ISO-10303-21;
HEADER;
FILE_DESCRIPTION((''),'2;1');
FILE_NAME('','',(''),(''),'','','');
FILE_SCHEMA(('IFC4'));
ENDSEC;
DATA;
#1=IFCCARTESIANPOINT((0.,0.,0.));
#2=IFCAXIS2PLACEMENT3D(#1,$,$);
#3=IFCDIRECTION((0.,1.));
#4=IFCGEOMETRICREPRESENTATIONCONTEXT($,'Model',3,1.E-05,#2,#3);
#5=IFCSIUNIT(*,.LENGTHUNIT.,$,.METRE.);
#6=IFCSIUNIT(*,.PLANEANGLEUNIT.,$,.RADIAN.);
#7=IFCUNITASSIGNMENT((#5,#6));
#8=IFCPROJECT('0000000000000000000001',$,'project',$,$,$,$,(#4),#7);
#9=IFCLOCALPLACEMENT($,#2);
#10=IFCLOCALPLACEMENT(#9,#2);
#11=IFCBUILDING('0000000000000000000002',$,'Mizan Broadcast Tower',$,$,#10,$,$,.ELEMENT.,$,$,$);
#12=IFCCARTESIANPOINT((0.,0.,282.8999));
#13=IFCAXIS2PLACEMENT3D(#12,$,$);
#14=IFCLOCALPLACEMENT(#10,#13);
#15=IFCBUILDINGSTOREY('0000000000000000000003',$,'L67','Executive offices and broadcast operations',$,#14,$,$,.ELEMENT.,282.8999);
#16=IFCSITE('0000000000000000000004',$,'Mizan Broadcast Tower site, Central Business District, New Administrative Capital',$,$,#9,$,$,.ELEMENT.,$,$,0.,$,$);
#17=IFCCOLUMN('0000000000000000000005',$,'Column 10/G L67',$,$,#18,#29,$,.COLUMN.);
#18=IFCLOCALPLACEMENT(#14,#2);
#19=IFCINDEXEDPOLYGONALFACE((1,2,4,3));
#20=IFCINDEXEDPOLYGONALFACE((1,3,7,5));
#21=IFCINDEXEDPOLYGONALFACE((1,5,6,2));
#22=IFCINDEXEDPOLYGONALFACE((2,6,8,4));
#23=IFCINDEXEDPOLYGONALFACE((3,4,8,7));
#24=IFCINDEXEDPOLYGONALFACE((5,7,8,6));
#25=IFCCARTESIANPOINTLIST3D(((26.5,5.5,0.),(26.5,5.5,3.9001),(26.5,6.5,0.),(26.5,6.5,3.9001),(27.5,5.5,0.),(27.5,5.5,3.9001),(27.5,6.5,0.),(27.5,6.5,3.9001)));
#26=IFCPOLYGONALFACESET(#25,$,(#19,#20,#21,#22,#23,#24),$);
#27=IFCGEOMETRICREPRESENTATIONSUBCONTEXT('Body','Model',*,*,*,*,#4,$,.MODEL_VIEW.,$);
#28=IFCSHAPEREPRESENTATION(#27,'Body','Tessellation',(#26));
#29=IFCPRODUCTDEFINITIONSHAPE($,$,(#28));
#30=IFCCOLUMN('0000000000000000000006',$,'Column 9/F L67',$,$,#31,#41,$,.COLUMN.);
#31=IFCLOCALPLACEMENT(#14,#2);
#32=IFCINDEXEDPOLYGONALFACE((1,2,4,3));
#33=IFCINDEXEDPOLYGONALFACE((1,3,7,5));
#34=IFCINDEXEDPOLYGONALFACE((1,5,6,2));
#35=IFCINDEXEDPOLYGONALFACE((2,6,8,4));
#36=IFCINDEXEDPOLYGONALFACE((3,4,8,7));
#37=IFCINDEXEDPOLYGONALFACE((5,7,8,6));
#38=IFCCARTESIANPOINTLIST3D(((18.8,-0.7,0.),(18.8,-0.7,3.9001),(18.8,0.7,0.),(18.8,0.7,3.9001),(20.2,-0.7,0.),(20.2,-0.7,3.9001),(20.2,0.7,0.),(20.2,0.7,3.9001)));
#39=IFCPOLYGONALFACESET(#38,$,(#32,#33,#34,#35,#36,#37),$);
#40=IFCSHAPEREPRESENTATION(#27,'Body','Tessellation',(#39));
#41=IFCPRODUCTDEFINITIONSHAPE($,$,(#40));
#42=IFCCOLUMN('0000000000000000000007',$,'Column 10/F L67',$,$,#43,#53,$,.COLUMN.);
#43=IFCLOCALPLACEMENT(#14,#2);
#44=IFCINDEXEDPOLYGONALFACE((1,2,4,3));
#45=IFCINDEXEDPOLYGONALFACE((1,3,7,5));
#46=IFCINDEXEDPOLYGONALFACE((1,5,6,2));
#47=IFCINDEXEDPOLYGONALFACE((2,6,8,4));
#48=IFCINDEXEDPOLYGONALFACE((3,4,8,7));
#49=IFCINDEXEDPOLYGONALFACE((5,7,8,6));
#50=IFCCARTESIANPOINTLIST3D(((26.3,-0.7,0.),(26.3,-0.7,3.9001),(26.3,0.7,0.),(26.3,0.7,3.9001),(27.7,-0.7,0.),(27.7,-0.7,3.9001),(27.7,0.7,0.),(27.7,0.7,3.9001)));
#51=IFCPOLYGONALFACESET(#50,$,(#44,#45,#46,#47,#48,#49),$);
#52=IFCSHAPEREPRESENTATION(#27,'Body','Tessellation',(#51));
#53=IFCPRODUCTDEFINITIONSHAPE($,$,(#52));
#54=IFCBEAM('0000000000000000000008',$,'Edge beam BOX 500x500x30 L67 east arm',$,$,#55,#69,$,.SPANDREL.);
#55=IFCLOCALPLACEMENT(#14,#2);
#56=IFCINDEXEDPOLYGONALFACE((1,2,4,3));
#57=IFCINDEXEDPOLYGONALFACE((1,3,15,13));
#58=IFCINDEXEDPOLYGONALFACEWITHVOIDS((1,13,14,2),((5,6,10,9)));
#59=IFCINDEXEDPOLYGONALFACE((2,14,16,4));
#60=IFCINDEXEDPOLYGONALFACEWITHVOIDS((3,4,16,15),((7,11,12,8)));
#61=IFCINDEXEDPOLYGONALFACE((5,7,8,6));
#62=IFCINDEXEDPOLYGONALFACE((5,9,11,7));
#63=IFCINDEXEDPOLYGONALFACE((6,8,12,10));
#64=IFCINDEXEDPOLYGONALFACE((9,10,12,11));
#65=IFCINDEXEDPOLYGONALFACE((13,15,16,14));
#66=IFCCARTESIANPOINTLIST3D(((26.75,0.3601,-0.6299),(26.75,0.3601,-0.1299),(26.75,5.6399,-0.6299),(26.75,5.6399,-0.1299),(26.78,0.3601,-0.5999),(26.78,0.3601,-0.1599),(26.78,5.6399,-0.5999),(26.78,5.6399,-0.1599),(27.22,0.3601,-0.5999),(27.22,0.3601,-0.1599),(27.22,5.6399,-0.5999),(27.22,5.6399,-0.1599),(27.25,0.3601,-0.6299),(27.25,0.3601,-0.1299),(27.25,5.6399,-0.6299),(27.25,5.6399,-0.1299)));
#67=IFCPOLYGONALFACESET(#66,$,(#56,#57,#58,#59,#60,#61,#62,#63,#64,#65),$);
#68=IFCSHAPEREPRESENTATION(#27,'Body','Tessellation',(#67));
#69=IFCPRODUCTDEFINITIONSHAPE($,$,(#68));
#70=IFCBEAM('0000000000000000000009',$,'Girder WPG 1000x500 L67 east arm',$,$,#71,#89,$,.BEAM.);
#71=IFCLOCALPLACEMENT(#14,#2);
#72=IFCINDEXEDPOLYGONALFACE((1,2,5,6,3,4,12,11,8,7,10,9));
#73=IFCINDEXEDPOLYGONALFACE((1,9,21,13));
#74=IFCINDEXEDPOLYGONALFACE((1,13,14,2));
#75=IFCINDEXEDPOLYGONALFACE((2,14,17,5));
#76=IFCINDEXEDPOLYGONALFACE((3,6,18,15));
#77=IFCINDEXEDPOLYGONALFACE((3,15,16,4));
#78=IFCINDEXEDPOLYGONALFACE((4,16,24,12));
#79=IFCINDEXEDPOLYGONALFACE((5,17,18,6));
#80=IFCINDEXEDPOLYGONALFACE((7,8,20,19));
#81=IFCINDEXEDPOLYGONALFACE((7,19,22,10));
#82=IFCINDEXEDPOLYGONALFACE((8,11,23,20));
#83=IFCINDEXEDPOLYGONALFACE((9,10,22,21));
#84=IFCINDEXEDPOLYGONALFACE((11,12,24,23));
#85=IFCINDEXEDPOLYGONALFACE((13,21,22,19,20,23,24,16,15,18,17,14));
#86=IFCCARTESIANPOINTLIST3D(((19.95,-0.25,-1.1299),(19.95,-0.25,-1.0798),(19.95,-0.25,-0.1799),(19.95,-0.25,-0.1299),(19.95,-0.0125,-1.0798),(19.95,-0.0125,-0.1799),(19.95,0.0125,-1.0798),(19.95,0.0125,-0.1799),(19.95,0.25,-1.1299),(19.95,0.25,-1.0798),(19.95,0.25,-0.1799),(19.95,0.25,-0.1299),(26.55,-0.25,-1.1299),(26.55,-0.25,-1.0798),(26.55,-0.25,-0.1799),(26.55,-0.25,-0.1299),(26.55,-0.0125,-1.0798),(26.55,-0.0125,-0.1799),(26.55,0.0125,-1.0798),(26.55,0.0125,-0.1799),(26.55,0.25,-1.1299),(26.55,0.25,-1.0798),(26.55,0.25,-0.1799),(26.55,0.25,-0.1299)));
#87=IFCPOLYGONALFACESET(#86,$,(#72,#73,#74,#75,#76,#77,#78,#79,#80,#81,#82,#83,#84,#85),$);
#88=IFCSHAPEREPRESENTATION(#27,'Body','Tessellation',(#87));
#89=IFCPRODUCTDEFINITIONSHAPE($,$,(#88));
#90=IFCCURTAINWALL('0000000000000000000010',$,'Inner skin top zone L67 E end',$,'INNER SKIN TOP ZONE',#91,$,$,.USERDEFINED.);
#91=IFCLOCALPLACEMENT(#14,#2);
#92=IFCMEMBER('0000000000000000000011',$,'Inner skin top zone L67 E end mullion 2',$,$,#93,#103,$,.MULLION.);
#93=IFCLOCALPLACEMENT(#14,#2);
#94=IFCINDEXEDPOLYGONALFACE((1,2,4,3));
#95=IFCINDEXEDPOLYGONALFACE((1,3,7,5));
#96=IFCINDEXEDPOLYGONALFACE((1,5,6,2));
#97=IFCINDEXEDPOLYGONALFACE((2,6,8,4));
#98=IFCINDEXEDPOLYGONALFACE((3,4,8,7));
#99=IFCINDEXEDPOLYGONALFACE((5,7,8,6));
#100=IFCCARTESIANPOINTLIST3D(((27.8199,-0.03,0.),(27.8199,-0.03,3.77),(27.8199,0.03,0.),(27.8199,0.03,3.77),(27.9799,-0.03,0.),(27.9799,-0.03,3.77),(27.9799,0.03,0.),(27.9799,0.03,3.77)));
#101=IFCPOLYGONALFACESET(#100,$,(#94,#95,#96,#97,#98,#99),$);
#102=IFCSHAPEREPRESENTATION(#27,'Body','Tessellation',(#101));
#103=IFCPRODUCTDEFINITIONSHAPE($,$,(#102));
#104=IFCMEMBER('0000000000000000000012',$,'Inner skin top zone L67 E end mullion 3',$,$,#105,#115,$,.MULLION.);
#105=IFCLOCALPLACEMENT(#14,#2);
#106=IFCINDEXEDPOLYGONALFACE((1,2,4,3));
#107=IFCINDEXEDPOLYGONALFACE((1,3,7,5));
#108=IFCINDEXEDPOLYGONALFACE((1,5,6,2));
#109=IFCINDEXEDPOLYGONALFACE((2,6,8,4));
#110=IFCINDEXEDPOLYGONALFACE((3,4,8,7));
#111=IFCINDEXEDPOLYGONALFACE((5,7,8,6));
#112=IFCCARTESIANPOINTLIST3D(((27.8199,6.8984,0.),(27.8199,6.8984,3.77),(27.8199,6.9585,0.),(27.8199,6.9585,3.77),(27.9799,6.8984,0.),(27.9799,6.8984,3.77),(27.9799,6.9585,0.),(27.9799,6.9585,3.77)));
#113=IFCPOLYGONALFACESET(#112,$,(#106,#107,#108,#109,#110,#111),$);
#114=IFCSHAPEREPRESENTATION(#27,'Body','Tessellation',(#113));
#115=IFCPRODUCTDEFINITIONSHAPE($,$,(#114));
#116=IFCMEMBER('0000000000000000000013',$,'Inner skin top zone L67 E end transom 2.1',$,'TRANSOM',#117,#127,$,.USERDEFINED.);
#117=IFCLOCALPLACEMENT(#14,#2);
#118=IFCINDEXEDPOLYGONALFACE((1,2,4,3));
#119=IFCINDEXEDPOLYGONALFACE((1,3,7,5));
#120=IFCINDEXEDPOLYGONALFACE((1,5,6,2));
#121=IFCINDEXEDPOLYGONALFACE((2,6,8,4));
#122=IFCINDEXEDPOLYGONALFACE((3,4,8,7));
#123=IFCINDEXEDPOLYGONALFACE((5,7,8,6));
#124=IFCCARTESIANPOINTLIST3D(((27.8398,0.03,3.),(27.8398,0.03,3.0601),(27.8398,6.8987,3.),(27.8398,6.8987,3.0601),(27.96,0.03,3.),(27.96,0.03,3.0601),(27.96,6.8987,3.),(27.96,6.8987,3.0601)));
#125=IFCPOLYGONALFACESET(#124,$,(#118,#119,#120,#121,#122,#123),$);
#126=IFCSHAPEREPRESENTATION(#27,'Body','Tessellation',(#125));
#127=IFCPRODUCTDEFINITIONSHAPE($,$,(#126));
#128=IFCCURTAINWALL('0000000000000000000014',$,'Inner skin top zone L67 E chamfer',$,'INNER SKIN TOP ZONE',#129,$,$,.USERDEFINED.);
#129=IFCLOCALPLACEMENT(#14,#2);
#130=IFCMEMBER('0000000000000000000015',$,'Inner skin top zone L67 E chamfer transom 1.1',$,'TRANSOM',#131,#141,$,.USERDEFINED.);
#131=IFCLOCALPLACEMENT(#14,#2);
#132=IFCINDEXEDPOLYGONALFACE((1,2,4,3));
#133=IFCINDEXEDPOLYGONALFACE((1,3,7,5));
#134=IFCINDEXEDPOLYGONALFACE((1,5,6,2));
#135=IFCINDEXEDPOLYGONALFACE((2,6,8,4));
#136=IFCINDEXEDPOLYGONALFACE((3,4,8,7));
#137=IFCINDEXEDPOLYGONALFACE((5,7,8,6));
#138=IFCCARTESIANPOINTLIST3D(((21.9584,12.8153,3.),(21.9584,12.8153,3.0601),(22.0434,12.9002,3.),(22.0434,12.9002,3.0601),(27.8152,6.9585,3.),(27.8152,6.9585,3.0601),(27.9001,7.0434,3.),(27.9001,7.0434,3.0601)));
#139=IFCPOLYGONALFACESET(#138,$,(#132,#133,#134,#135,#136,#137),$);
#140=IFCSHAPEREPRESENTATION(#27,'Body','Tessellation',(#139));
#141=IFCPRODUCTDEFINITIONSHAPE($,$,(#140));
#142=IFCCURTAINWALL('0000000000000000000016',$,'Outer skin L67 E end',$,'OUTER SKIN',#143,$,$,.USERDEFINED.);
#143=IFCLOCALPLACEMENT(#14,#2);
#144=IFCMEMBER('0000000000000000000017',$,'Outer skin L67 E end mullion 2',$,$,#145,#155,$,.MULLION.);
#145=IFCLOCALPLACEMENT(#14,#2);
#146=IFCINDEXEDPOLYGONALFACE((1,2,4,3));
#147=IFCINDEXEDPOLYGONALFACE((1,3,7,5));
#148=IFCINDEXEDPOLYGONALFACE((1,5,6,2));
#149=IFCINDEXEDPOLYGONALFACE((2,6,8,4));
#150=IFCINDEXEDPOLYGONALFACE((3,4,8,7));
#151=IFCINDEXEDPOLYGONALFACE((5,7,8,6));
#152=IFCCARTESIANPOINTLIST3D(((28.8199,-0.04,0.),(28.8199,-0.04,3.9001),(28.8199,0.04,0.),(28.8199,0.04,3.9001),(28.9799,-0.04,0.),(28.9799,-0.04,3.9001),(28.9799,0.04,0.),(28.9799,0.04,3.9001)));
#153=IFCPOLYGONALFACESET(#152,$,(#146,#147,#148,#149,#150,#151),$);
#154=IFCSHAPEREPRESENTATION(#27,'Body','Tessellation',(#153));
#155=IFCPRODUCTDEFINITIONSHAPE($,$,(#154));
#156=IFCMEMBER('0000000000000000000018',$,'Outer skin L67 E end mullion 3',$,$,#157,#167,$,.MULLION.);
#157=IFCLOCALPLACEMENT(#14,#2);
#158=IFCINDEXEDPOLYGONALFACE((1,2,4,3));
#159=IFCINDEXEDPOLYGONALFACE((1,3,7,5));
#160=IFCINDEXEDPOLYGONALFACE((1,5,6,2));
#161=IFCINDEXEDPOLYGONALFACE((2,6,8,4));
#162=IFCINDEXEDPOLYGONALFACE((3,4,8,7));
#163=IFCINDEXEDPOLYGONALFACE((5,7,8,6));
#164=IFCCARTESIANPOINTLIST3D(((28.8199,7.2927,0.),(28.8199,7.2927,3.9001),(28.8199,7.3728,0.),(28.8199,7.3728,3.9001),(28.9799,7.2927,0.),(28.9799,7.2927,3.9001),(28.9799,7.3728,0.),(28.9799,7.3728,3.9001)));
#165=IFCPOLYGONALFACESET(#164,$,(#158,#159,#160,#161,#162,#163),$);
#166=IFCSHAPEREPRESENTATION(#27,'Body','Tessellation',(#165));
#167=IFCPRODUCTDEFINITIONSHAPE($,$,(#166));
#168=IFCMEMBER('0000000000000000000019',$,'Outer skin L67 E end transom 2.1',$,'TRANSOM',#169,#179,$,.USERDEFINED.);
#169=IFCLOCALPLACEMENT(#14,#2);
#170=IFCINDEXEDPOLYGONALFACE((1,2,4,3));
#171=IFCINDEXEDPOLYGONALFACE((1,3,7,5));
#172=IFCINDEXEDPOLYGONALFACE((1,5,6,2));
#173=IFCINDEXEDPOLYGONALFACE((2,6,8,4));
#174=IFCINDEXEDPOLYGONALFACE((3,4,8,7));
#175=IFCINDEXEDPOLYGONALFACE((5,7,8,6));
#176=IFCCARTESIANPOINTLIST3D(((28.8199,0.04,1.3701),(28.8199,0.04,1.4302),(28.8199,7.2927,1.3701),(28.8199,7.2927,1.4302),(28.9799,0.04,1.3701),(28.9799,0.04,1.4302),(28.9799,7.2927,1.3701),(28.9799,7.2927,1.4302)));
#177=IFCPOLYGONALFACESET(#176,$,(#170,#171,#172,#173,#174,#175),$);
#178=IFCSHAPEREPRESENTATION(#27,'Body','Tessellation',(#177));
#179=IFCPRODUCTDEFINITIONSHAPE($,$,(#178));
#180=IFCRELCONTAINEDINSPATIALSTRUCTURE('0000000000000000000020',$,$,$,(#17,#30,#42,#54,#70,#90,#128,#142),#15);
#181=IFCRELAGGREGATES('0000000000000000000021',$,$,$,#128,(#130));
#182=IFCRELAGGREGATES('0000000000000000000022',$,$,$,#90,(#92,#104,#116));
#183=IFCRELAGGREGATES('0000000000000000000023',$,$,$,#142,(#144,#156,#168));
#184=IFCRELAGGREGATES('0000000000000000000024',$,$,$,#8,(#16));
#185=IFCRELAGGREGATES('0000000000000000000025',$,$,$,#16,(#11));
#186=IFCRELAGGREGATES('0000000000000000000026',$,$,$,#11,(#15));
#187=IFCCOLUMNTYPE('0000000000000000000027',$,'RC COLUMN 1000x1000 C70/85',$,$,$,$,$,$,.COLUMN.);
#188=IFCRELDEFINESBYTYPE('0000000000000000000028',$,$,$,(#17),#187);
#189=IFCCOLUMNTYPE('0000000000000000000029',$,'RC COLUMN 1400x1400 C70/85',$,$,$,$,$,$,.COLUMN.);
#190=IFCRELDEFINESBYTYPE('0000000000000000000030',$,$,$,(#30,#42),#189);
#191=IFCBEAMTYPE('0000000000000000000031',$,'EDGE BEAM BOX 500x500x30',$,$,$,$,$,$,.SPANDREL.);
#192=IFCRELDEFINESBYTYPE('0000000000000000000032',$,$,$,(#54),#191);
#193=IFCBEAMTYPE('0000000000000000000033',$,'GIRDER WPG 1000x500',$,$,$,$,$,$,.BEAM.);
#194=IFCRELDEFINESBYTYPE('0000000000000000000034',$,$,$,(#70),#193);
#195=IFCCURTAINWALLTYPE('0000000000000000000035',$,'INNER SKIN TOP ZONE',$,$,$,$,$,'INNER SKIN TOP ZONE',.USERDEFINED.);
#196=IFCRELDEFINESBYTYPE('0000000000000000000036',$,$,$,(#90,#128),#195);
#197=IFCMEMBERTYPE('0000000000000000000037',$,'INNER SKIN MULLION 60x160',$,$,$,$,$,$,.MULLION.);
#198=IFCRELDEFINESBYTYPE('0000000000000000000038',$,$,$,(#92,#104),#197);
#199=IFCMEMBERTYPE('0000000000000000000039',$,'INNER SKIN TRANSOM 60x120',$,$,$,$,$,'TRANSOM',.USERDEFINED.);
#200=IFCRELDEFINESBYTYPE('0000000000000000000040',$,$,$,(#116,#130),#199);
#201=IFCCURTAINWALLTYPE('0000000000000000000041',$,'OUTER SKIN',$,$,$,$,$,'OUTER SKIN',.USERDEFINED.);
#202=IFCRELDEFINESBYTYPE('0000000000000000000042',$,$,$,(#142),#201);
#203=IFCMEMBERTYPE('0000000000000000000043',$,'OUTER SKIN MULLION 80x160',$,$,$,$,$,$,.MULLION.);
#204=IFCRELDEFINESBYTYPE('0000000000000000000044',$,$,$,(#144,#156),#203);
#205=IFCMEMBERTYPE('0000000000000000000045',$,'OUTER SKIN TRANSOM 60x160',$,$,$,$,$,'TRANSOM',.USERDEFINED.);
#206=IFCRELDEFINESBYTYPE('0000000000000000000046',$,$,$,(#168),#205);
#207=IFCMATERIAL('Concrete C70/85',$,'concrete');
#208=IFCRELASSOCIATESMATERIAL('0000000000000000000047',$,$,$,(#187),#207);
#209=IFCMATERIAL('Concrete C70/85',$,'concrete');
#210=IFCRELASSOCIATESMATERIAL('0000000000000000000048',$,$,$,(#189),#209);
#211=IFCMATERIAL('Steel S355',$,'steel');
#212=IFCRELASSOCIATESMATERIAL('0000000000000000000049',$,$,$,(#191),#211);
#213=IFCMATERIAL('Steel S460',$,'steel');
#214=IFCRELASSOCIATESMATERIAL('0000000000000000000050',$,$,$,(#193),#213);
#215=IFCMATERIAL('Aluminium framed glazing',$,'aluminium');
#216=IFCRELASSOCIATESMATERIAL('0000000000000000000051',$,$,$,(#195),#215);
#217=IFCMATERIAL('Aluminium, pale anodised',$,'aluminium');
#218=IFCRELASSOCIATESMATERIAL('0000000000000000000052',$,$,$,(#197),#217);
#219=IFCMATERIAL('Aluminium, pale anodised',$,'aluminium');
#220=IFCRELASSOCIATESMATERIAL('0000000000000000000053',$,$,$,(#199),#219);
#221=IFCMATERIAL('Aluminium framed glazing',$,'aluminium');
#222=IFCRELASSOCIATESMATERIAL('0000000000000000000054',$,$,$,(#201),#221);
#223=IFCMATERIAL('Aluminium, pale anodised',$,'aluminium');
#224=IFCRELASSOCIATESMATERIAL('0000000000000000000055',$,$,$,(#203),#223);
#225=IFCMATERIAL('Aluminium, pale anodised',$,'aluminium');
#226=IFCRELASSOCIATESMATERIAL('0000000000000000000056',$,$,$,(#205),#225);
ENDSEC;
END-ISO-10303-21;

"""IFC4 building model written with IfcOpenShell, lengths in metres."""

from ifc_helpers import new_model, si_unit, direction, frame, origin, origin_2d, place, context, subcontext, project, spatial, rectangle, hollow_rectangle, i_section, extrude, material, material_profile, profile_set, type_object, element, aggregate, save


model = new_model("IFC4")

# Units and contexts
model_context = context("Model", 3, precision=1e-05, world=origin(), true_north=direction((0.0, 1.0)))
body_context = subcontext(model_context, "Body", "Model", "MODEL_VIEW")
ifc_project = project(units=[si_unit("LENGTHUNIT", "METRE"), si_unit("PLANEANGLEUNIT", "RADIAN")], contexts=[model_context])

# Site, building, storey
site_placement = place(None, origin())
site = spatial("IfcSite", under=ifc_project, at=site_placement, Name="Mizan Broadcast Tower site, Central Business District, New Administrative Capital", CompositionType="ELEMENT", RefElevation=0.0)
building_placement = place(site_placement, origin())
building = spatial("IfcBuilding", under=site, at=building_placement, Name="Mizan Broadcast Tower", CompositionType="ELEMENT")
storey_placement = place(building_placement, frame((0.0, 0.0, 282.8999)))
storey = spatial("IfcBuildingStorey", under=building, at=storey_placement, Name="L67", Description="Executive offices and broadcast operations", CompositionType="ELEMENT", Elevation=282.8999)

# Columns
ifc_material_1 = material(Name="Concrete C70/85", Category="concrete")
ifc_material_profile_1 = material_profile(ifc_material_1, rectangle(XDim=1.0, YDim=1.0, at=origin_2d()), Name="RC 1000x1000")
ifc_profile_set_1 = profile_set([ifc_material_profile_1], Name="Concrete C70/85")
column_type_1 = type_object("IfcColumnType", Name="RC COLUMN 1000x1000 C70/85", PredefinedType="COLUMN", material=ifc_profile_set_1)
column_placement = place(storey_placement, frame((27.0, 6.0, 0.0), z_axis=(0.0, 0.0, 1.0), x_axis=(1.0, 0.0, 0.0)))
element("IfcColumn", 1, at=column_placement, inside=storey, type_object=column_type_1, Name="Column 10/G L67", PredefinedType="COLUMN", context=body_context, shape_type="SweptSolid", body=[
    extrude(rectangle(XDim=1.0, YDim=1.0, at=origin_2d()), origin(), (0.0, 0.0, 1.0), 3.9001),
])
ifc_material_2 = material(Name="Concrete C70/85", Category="concrete")
ifc_material_profile_2 = material_profile(ifc_material_2, rectangle(XDim=1.3999, YDim=1.3999, at=origin_2d()), Name="RC 1400x1400")
ifc_profile_set_2 = profile_set([ifc_material_profile_2], Name="Concrete C70/85")
column_type_2 = type_object("IfcColumnType", Name="RC COLUMN 1400x1400 C70/85", PredefinedType="COLUMN", material=ifc_profile_set_2)
for number, where, z_axis, x_axis, name in (
    (2, (19.5, 0.0, 0.0), (0.0, 0.0, 1.0), (1.0, 0.0, 0.0), "Column 9/F L67"),
    (3, (27.0, 0.0, 0.0), (0.0, 0.0, 1.0), (1.0, 0.0, 0.0), "Column 10/F L67"),
):
    element("IfcColumn", number, at=place(storey_placement, frame(where, z_axis=z_axis, x_axis=x_axis)), inside=storey, type_object=column_type_2, Name=name, PredefinedType="COLUMN", context=body_context, shape_type="SweptSolid", body=[
        extrude(rectangle(XDim=1.3999, YDim=1.3999, at=origin_2d()), origin(), (0.0, 0.0, 1.0), 3.9001),
    ])

# Beams
ifc_material_3 = material(Name="Steel S355", Category="steel")
ifc_material_profile_3 = material_profile(ifc_material_3, hollow_rectangle(XDim=0.5, YDim=0.5, WallThickness=0.03, at=origin_2d()), Name="BOX 500x500x30")
ifc_profile_set_3 = profile_set([ifc_material_profile_3], Name="Steel S355")
beam_type_1 = type_object("IfcBeamType", Name="EDGE BEAM BOX 500x500x30", PredefinedType="SPANDREL", material=ifc_profile_set_3)
beam_1_placement = place(storey_placement, frame((27.0, 5.6399, -0.3799), z_axis=(0.0, -1.0, 0.0), x_axis=(1.0, 0.0, 0.0)))
element("IfcBeam", 4, at=beam_1_placement, inside=storey, type_object=beam_type_1, Name="Edge beam BOX 500x500x30 L67 east arm", PredefinedType="SPANDREL", context=body_context, shape_type="SweptSolid", body=[
    extrude(hollow_rectangle(XDim=0.5, YDim=0.5, WallThickness=0.03, at=origin_2d()), origin(), (0.0, 0.0, 1.0), 5.2798),
])
ifc_material_4 = material(Name="Steel S460", Category="steel")
ifc_material_profile_4 = material_profile(ifc_material_4, i_section(OverallWidth=0.5, OverallDepth=1.0, WebThickness=0.0249, FlangeThickness=0.05, at=origin_2d()), Name="WPG 1000x500")
ifc_profile_set_4 = profile_set([ifc_material_profile_4], Name="Steel S460")
beam_type_2 = type_object("IfcBeamType", Name="GIRDER WPG 1000x500", PredefinedType="BEAM", material=ifc_profile_set_4)
beam_2_placement = place(storey_placement, frame((19.95, 0.0, -0.6299), z_axis=(1.0, 0.0, 0.0), x_axis=(0.0, 1.0, 0.0)))
element("IfcBeam", 5, at=beam_2_placement, inside=storey, type_object=beam_type_2, Name="Girder WPG 1000x500 L67 east arm", PredefinedType="BEAM", context=body_context, shape_type="SweptSolid", body=[
    extrude(i_section(OverallWidth=0.5, OverallDepth=1.0, WebThickness=0.0249, FlangeThickness=0.05, at=origin_2d()), origin(), (0.0, 0.0, 1.0), 6.6001),
])

# Curtain wall, members
ifc_material_5 = material(Name="Aluminium framed glazing", Category="aluminium")
curtain_wall_type_1 = type_object("IfcCurtainWallType", Name="INNER SKIN TOP ZONE", ElementType="INNER SKIN TOP ZONE", PredefinedType="USERDEFINED", material=ifc_material_5)
curtain_wall_1_placement = place(storey_placement, origin())
curtain_wall_1 = element("IfcCurtainWall", 6, at=curtain_wall_1_placement, inside=storey, type_object=curtain_wall_type_1, Name="Inner skin top zone L67 E end", ObjectType="INNER SKIN TOP ZONE", PredefinedType="USERDEFINED")
ifc_material_6 = material(Name="Aluminium, pale anodised", Category="aluminium")
ifc_material_profile_5 = material_profile(ifc_material_6, rectangle(XDim=0.1599, YDim=0.0601, at=origin_2d()), Name="MULLION 160x60")
ifc_profile_set_5 = profile_set([ifc_material_profile_5], Name="Aluminium, pale anodised")
member_type_1 = type_object("IfcMemberType", Name="INNER SKIN MULLION 60x160", PredefinedType="MULLION", material=ifc_profile_set_5)
member_1_placement = place(storey_placement, frame((27.8999, 0.0, 0.0), z_axis=(0.0, 0.0, 1.0), x_axis=(-1.0, 0.0, 0.0)))
member_1 = element("IfcMember", 7, at=member_1_placement, type_object=member_type_1, Name="Inner skin top zone L67 E end mullion 2", PredefinedType="MULLION", context=body_context, shape_type="SweptSolid", body=[
    extrude(rectangle(XDim=0.1599, YDim=0.0601, at=origin_2d()), origin(), (0.0, 0.0, 1.0), 3.77),
])
member_2_placement = place(storey_placement, frame((27.8999, 6.9285, 0.0), z_axis=(0.0, 0.0, 1.0), x_axis=(-1.0, 0.0, 0.0)))
member_2 = element("IfcMember", 8, at=member_2_placement, type_object=member_type_1, Name="Inner skin top zone L67 E end mullion 3", PredefinedType="MULLION", context=body_context, shape_type="SweptSolid", body=[
    extrude(rectangle(XDim=0.1599, YDim=0.0601, at=origin_2d()), origin(), (0.0, 0.0, 1.0), 3.77),
])
ifc_material_7 = material(Name="Aluminium, pale anodised", Category="aluminium")
ifc_material_profile_6 = material_profile(ifc_material_7, rectangle(XDim=0.1201, YDim=0.0601, at=origin_2d()), Name="TRANSOM 120x60")
ifc_profile_set_6 = profile_set([ifc_material_profile_6], Name="Aluminium, pale anodised")
member_type_2 = type_object("IfcMemberType", Name="INNER SKIN TRANSOM 60x120", ElementType="TRANSOM", PredefinedType="USERDEFINED", material=ifc_profile_set_6)
member_3_placement = place(storey_placement, frame((27.8999, 0.03, 3.03), z_axis=(0.0, 1.0, 0.0), x_axis=(-1.0, 0.0, 0.0)))
member_3 = element("IfcMember", 9, at=member_3_placement, type_object=member_type_2, Name="Inner skin top zone L67 E end transom 2.1", ObjectType="TRANSOM", PredefinedType="USERDEFINED", context=body_context, shape_type="SweptSolid", body=[
    extrude(rectangle(XDim=0.1201, YDim=0.0601, at=origin_2d()), origin(), (0.0, 0.0, 1.0), 6.8687),
])

# Curtain wall, member
curtain_wall_2_placement = place(storey_placement, origin())
curtain_wall_2 = element("IfcCurtainWall", 10, at=curtain_wall_2_placement, inside=storey, type_object=curtain_wall_type_1, Name="Inner skin top zone L67 E chamfer", ObjectType="INNER SKIN TOP ZONE", PredefinedType="USERDEFINED")
member_4_placement = place(storey_placement, frame((27.8577, 7.001, 3.03), z_axis=(-0.707107, 0.707107, 0.0), x_axis=(-0.707107, -0.707107, 0.0)))
member_4 = element("IfcMember", 11, at=member_4_placement, type_object=member_type_2, Name="Inner skin top zone L67 E chamfer transom 1.1", ObjectType="TRANSOM", PredefinedType="USERDEFINED", context=body_context, shape_type="SweptSolid", body=[
    extrude(rectangle(XDim=0.1201, YDim=0.0601, at=origin_2d()), origin(), (0.0, 0.0, 1.0), 8.2827),
])
aggregate(curtain_wall_2, [member_4])

# Curtain wall, members
ifc_material_8 = material(Name="Aluminium framed glazing", Category="aluminium")
curtain_wall_type_2 = type_object("IfcCurtainWallType", Name="OUTER SKIN", ElementType="OUTER SKIN", PredefinedType="USERDEFINED", material=ifc_material_8)
curtain_wall_3_placement = place(storey_placement, origin())
curtain_wall_3 = element("IfcCurtainWall", 12, at=curtain_wall_3_placement, inside=storey, type_object=curtain_wall_type_2, Name="Outer skin L67 E end", ObjectType="OUTER SKIN", PredefinedType="USERDEFINED")
ifc_material_9 = material(Name="Aluminium, pale anodised", Category="aluminium")
ifc_material_profile_7 = material_profile(ifc_material_9, rectangle(XDim=0.1599, YDim=0.0801, at=origin_2d()), Name="MULLION 160x80")
ifc_profile_set_7 = profile_set([ifc_material_profile_7], Name="Aluminium, pale anodised")
member_type_3 = type_object("IfcMemberType", Name="OUTER SKIN MULLION 80x160", PredefinedType="MULLION", material=ifc_profile_set_7)
member_5_placement = place(storey_placement, frame((28.8999, 0.0, 0.0), z_axis=(0.0, 0.0, 1.0), x_axis=(-1.0, 0.0, 0.0)))
member_5 = element("IfcMember", 13, at=member_5_placement, type_object=member_type_3, Name="Outer skin L67 E end mullion 2", PredefinedType="MULLION", context=body_context, shape_type="SweptSolid", body=[
    extrude(rectangle(XDim=0.1599, YDim=0.0801, at=origin_2d()), origin(), (0.0, 0.0, 1.0), 3.9001),
])
member_6_placement = place(storey_placement, frame((28.8999, 7.3328, 0.0), z_axis=(0.0, 0.0, 1.0), x_axis=(-1.0, 0.0, 0.0)))
member_6 = element("IfcMember", 14, at=member_6_placement, type_object=member_type_3, Name="Outer skin L67 E end mullion 3", PredefinedType="MULLION", context=body_context, shape_type="SweptSolid", body=[
    extrude(rectangle(XDim=0.1599, YDim=0.0801, at=origin_2d()), origin(), (0.0, 0.0, 1.0), 3.9001),
])
ifc_material_10 = material(Name="Aluminium, pale anodised", Category="aluminium")
ifc_material_profile_8 = material_profile(ifc_material_10, rectangle(XDim=0.1599, YDim=0.0601, at=origin_2d()), Name="TRANSOM 160x60")
ifc_profile_set_8 = profile_set([ifc_material_profile_8], Name="Aluminium, pale anodised")
member_type_4 = type_object("IfcMemberType", Name="OUTER SKIN TRANSOM 60x160", ElementType="TRANSOM", PredefinedType="USERDEFINED", material=ifc_profile_set_8)
member_7_placement = place(storey_placement, frame((28.8999, 0.04, 1.4001), z_axis=(0.0, 1.0, 0.0), x_axis=(-1.0, 0.0, 0.0)))
member_7 = element("IfcMember", 15, at=member_7_placement, type_object=member_type_4, Name="Outer skin L67 E end transom 2.1", ObjectType="TRANSOM", PredefinedType="USERDEFINED", context=body_context, shape_type="SweptSolid", body=[
    extrude(rectangle(XDim=0.1599, YDim=0.0601, at=origin_2d()), origin(), (0.0, 0.0, 1.0), 7.2527),
])

aggregate(curtain_wall_1, [member_1, member_2, member_3])
aggregate(curtain_wall_3, [member_5, member_6, member_7])

save(model, "model.ifc")
